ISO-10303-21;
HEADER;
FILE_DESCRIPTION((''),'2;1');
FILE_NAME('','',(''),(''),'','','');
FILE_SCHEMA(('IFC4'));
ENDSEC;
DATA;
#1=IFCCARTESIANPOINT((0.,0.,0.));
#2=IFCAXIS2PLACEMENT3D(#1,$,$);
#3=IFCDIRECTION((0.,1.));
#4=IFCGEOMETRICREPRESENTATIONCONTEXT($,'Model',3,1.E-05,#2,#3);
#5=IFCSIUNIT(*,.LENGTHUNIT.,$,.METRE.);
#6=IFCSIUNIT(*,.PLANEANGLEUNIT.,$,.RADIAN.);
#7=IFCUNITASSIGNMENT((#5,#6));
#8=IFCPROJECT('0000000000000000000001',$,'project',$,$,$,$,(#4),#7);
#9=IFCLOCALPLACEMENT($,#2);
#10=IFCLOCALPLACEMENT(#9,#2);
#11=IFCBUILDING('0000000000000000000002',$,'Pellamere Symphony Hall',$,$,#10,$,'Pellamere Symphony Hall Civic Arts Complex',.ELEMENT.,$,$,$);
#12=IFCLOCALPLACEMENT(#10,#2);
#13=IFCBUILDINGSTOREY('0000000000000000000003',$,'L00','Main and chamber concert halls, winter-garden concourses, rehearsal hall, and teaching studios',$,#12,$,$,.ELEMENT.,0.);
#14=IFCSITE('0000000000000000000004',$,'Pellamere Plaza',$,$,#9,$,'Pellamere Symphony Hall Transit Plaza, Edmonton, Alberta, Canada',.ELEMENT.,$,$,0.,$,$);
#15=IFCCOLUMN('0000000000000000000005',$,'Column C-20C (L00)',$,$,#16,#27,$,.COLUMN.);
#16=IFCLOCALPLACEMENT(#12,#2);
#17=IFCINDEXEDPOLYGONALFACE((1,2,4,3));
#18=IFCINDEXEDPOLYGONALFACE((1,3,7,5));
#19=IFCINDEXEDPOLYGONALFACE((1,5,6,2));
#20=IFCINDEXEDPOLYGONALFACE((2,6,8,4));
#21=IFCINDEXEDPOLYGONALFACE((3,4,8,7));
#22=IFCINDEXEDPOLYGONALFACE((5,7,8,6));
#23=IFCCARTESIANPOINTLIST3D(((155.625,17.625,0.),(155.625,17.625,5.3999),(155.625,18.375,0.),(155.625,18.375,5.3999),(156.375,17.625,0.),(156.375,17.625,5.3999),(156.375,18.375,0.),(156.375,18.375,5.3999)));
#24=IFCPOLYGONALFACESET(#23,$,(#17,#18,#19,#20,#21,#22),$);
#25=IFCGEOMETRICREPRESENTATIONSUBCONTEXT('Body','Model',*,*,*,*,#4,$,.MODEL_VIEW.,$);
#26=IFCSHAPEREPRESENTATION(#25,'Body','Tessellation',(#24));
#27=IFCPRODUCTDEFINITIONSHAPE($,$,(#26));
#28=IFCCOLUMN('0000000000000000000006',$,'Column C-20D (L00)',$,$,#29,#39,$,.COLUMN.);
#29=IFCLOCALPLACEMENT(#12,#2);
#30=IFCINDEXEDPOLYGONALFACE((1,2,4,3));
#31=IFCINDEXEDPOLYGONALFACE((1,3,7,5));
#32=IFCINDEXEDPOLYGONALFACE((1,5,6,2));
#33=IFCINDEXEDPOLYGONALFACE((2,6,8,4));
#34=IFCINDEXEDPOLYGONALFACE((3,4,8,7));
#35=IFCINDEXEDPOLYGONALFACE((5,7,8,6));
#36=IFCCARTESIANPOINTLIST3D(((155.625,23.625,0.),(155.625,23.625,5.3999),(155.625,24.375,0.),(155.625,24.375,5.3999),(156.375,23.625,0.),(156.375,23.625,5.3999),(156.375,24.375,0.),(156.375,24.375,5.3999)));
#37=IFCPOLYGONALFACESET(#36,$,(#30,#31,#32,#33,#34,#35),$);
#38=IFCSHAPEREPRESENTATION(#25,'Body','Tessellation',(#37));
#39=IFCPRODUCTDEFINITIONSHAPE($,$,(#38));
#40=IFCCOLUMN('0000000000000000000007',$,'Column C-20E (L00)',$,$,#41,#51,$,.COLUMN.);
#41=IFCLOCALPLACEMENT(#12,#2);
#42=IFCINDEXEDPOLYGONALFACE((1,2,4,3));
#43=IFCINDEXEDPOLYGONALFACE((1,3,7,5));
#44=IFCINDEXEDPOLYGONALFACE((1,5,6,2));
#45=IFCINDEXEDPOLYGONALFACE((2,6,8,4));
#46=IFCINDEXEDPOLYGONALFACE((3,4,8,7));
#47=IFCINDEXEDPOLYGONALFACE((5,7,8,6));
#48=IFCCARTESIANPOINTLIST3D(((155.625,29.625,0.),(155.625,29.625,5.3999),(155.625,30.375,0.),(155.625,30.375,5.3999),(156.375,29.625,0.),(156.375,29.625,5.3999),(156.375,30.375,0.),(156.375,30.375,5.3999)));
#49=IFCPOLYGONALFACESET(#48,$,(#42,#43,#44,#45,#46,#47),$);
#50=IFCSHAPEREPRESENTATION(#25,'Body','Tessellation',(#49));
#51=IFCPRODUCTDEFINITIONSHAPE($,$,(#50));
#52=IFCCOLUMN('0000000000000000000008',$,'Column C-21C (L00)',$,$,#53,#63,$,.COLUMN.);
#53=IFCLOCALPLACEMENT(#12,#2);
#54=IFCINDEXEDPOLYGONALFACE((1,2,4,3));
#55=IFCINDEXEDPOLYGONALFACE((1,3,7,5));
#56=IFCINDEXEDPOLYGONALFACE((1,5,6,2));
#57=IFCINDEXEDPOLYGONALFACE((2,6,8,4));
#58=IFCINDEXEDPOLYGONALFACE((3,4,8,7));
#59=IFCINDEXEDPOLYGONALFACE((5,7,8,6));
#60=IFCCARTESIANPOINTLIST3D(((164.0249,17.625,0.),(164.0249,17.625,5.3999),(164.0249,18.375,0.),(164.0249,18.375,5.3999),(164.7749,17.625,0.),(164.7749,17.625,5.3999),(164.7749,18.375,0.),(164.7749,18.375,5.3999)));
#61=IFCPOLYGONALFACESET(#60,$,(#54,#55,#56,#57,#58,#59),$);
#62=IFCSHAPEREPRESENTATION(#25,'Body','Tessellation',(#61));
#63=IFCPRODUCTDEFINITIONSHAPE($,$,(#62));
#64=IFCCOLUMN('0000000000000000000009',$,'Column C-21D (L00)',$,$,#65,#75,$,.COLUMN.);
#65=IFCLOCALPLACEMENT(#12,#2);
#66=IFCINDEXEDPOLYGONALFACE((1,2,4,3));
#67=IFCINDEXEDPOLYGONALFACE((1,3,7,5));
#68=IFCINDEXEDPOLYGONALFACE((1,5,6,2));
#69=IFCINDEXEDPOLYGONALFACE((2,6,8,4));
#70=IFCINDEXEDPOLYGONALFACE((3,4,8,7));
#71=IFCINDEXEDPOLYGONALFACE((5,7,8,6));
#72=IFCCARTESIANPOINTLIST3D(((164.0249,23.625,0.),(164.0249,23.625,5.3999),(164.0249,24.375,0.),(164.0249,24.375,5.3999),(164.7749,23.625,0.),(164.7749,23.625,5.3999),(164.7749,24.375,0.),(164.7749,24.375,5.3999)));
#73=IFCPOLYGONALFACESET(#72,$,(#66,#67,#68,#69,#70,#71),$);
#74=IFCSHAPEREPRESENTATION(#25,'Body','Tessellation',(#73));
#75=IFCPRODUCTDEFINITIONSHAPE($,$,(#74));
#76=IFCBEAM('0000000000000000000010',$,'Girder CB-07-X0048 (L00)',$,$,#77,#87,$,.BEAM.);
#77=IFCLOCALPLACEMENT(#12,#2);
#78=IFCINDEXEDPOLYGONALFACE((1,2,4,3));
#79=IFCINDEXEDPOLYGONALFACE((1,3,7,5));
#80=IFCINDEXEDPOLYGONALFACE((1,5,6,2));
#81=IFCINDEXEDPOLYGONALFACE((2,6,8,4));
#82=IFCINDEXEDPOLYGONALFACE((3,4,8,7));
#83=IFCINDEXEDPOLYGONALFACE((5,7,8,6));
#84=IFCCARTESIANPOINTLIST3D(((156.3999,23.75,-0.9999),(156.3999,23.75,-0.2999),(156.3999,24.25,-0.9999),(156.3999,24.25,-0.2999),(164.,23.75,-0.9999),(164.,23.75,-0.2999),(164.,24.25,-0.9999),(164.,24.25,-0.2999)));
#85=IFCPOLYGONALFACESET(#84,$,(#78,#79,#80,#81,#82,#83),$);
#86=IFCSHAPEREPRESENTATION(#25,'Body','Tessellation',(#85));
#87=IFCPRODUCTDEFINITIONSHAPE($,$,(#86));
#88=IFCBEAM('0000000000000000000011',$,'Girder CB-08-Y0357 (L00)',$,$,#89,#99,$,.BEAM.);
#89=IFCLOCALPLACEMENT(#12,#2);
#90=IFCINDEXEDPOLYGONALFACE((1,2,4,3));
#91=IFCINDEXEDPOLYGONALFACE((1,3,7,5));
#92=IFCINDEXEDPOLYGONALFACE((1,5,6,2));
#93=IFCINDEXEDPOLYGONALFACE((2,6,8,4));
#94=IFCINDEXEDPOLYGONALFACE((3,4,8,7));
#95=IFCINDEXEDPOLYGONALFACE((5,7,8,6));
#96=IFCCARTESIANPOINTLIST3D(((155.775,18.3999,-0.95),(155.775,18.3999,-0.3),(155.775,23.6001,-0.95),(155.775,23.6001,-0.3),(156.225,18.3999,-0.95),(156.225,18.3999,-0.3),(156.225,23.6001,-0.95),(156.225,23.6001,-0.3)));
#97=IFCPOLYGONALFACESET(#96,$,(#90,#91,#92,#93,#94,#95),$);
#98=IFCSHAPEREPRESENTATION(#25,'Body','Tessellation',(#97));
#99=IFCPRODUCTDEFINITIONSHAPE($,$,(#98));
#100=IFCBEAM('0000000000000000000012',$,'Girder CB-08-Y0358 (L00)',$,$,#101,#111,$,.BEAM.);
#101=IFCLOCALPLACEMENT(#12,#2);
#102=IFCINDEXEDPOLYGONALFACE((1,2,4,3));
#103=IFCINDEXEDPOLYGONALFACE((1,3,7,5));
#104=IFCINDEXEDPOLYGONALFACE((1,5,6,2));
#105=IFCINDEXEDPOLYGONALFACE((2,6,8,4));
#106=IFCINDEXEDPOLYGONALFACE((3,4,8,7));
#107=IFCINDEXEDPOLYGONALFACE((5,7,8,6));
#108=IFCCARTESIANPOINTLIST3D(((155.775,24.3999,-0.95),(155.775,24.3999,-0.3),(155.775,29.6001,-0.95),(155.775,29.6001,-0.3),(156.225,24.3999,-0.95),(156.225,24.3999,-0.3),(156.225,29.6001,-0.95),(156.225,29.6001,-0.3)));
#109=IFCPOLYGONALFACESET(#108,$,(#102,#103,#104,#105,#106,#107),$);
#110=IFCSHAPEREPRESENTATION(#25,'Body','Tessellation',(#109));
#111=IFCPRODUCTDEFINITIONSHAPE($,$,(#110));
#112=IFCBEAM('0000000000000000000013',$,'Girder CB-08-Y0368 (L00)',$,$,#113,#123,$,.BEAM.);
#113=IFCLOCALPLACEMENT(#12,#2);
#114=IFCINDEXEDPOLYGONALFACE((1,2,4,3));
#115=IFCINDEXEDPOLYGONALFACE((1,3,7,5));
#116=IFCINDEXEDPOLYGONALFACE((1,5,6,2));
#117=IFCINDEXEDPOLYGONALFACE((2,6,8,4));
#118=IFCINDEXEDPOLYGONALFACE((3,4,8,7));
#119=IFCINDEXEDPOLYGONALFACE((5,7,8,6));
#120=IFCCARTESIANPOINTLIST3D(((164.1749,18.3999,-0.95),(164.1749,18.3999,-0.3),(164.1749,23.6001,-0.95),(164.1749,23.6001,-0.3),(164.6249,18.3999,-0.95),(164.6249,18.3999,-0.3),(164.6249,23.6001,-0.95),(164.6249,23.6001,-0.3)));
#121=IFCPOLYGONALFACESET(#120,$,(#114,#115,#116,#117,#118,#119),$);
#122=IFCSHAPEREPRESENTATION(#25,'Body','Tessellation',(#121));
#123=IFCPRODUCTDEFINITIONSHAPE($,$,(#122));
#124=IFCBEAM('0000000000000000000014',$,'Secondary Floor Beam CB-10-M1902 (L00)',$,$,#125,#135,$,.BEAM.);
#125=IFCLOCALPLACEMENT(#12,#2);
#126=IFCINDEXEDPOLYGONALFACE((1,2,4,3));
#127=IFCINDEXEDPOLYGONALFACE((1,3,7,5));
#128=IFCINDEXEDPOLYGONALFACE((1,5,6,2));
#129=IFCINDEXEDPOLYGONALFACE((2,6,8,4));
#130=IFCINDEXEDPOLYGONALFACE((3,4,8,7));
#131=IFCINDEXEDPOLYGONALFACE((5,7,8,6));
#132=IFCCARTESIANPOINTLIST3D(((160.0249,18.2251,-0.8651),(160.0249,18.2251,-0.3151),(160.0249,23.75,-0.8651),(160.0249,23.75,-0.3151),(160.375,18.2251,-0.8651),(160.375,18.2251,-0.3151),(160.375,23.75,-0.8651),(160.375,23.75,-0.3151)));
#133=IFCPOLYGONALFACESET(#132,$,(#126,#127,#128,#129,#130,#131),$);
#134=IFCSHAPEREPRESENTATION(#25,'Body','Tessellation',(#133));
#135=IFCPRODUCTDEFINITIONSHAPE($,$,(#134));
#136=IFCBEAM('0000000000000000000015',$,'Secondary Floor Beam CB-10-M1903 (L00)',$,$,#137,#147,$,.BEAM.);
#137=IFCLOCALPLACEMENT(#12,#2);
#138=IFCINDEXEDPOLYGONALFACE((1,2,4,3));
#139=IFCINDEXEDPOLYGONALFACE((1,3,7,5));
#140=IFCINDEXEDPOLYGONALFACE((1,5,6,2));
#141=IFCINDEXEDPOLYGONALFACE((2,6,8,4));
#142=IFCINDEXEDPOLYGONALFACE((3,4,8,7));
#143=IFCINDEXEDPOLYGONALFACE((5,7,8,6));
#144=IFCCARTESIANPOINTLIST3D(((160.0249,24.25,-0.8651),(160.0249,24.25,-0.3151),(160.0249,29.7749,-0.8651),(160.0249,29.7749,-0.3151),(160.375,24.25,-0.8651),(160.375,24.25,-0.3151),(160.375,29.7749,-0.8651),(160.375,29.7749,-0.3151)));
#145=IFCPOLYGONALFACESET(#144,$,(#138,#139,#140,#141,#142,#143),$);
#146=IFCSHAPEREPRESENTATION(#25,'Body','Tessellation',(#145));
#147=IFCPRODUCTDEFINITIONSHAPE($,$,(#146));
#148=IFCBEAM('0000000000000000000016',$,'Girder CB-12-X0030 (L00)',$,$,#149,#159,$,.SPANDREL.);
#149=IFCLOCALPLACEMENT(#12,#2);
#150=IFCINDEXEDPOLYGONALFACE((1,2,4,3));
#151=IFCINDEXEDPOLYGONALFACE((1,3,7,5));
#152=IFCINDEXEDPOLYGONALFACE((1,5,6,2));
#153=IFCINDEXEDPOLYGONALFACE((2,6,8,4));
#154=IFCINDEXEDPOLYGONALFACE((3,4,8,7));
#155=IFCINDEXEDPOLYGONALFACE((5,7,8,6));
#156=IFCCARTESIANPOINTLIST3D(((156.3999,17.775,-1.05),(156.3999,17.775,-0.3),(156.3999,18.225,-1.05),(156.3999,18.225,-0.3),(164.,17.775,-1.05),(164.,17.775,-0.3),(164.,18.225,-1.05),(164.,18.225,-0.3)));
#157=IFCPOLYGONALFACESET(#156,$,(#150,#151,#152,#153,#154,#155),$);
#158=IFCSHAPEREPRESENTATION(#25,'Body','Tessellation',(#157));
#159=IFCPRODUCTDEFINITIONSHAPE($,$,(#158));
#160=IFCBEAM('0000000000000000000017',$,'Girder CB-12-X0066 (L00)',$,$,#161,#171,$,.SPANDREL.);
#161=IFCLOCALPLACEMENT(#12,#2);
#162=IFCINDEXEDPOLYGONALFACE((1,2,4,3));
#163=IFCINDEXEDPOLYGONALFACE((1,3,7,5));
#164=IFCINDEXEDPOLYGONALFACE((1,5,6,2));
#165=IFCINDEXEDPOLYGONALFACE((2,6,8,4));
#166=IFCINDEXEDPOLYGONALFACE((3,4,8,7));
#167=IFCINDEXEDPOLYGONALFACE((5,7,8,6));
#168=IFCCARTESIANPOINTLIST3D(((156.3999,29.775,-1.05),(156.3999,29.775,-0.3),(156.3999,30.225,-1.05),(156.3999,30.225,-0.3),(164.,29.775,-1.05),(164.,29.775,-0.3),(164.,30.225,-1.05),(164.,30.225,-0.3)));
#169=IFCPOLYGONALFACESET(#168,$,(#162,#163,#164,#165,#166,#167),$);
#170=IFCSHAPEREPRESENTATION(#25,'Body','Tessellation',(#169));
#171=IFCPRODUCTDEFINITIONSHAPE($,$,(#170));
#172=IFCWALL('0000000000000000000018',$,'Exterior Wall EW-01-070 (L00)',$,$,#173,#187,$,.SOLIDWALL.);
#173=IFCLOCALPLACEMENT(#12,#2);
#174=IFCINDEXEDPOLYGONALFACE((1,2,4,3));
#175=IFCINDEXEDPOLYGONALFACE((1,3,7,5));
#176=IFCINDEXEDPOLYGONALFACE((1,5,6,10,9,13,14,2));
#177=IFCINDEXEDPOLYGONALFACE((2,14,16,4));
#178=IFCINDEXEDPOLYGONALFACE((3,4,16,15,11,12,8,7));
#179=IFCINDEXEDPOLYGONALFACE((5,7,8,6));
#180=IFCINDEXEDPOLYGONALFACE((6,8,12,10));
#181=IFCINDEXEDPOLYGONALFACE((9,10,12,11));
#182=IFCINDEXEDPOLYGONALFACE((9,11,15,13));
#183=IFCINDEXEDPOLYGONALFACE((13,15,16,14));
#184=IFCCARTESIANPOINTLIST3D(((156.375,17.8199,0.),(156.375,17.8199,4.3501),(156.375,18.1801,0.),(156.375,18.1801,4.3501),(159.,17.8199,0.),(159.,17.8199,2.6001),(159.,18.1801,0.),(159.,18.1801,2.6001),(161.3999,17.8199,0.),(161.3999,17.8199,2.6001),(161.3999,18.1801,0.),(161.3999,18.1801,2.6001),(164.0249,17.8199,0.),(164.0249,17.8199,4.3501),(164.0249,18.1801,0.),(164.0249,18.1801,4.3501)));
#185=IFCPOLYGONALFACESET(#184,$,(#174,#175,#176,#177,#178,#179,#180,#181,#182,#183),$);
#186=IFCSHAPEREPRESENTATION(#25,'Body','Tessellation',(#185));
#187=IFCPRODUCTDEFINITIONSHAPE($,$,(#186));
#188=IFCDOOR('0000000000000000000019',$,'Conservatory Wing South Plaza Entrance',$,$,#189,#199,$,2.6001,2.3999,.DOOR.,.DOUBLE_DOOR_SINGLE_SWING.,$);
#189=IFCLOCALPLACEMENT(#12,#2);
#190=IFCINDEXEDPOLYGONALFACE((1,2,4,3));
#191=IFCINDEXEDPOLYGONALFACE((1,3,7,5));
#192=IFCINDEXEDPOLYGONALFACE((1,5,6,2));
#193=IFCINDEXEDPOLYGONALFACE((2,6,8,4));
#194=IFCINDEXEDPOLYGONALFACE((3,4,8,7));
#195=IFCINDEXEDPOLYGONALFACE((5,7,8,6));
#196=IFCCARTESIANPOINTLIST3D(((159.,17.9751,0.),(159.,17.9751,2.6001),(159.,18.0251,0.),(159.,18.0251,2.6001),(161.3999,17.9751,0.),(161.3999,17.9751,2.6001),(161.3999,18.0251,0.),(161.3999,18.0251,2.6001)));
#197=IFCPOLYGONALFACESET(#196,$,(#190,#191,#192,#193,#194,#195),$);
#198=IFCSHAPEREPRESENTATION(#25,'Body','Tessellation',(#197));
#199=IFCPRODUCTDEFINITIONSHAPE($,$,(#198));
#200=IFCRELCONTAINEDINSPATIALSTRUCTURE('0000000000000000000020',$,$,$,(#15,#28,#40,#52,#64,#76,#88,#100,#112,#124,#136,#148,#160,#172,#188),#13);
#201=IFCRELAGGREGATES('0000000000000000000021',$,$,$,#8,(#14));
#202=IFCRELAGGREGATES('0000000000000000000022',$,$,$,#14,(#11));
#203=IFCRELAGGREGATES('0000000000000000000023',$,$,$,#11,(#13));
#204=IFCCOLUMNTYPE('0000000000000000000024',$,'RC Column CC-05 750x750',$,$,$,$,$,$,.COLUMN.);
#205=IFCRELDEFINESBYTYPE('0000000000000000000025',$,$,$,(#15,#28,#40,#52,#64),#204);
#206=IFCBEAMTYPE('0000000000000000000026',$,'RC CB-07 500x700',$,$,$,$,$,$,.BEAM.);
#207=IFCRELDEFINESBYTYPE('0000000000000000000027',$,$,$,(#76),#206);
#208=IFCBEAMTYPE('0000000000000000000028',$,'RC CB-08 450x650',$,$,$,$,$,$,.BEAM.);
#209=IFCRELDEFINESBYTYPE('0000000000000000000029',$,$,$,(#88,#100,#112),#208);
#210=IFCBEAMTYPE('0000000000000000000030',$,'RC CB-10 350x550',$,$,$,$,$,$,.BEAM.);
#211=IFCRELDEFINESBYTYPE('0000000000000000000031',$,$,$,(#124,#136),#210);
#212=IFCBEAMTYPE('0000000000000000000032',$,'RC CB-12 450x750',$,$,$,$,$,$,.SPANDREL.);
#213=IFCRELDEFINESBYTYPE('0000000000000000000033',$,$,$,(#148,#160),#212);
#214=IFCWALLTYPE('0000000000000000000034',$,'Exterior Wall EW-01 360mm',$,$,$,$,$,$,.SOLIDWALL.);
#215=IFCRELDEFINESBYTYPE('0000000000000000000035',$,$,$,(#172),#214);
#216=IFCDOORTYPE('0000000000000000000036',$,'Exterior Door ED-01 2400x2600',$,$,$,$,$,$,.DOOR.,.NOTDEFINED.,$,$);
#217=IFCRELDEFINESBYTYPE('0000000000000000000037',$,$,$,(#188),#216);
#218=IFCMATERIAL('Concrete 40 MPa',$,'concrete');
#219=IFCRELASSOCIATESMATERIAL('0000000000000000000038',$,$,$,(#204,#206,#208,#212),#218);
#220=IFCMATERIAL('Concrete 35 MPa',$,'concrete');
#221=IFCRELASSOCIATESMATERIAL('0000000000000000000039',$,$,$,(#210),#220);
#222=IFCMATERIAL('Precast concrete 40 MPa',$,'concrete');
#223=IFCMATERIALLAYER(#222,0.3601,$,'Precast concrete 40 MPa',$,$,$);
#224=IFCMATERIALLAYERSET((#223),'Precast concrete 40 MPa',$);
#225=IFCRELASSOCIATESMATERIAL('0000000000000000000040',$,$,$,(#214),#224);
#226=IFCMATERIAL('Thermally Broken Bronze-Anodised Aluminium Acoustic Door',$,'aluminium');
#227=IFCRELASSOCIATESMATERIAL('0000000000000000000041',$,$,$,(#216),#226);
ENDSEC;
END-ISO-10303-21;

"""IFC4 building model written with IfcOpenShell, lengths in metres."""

from ifc_helpers import new_model, si_unit, direction, frame, frame_2d, origin, origin_2d, place, context, subcontext, project, spatial, rectangle, extrude, material, layer, layer_set, material_profile, profile_set, type_object, element, fill, save


model = new_model("IFC4")

# Units and contexts
model_context = context("Model", 3, precision=1e-05, world=origin(), true_north=direction((0.0, 1.0)))
body_context = subcontext(model_context, "Body", "Model", "MODEL_VIEW")
ifc_project = project(units=[si_unit("LENGTHUNIT", "METRE"), si_unit("PLANEANGLEUNIT", "RADIAN")], contexts=[model_context])

# Site, building, storey
site_placement = place(None, origin())
site = spatial("IfcSite", under=ifc_project, at=site_placement, Name="Pellamere Plaza", LongName="Pellamere Symphony Hall Transit Plaza, Edmonton, Alberta, Canada", CompositionType="ELEMENT", RefElevation=0.0)
building_placement = place(site_placement, origin())
building = spatial("IfcBuilding", under=site, at=building_placement, Name="Pellamere Symphony Hall", LongName="Pellamere Symphony Hall Civic Arts Complex", CompositionType="ELEMENT")
storey_placement = place(building_placement, origin())
storey = spatial("IfcBuildingStorey", under=building, at=storey_placement, Name="L00", Description="Main and chamber concert halls, winter-garden concourses, rehearsal hall, and teaching studios", CompositionType="ELEMENT", Elevation=0.0)

# Columns
ifc_material_1 = material(Name="Concrete 40 MPa", Category="concrete")
ifc_material_profile_1 = material_profile(ifc_material_1, rectangle(XDim=0.75, YDim=0.75, at=origin_2d()), Name="RC 750x750")
ifc_profile_set_1 = profile_set([ifc_material_profile_1], Name="Concrete 40 MPa")
column_type = type_object("IfcColumnType", Name="RC Column CC-05 750x750", PredefinedType="COLUMN", material=ifc_profile_set_1)
for number, where, z_axis, x_axis, name in (
    (1, (156.0, 18.0, 0.0), (0.0, 0.0, 1.0), (1.0, 0.0, 0.0), "Column C-20C (L00)"),
    (2, (156.0, 24.0, 0.0), (0.0, 0.0, 1.0), (1.0, 0.0, 0.0), "Column C-20D (L00)"),
    (3, (156.0, 30.0, 0.0), (0.0, 0.0, 1.0), (1.0, 0.0, 0.0), "Column C-20E (L00)"),
    (4, (164.3999, 18.0, 0.0), (0.0, 0.0, 1.0), (1.0, 0.0, 0.0), "Column C-21C (L00)"),
    (5, (164.3999, 24.0, 0.0), (0.0, 0.0, 1.0), (1.0, 0.0, 0.0), "Column C-21D (L00)"),
):
    element("IfcColumn", number, at=place(storey_placement, frame(where, z_axis=z_axis, x_axis=x_axis)), inside=storey, type_object=column_type, Name=name, PredefinedType="COLUMN", context=body_context, shape_type="SweptSolid", body=[
        extrude(rectangle(XDim=0.75, YDim=0.75, at=origin_2d()), origin(), (0.0, 0.0, 1.0), 5.3999),
    ])

# Beams
ifc_material_profile_2 = material_profile(ifc_material_1, rectangle(XDim=0.5, YDim=0.7, at=origin_2d()), Name="RC 500x700")
ifc_profile_set_2 = profile_set([ifc_material_profile_2], Name="Concrete 40 MPa")
beam_type_1 = type_object("IfcBeamType", Name="RC CB-07 500x700", PredefinedType="BEAM", material=ifc_profile_set_2)
beam_placement = place(storey_placement, frame((156.3999, 24.0, -0.6499), z_axis=(1.0, 0.0, 0.0), x_axis=(0.0, 1.0, 0.0)))
element("IfcBeam", 6, at=beam_placement, inside=storey, type_object=beam_type_1, Name="Girder CB-07-X0048 (L00)", PredefinedType="BEAM", context=body_context, shape_type="SweptSolid", body=[
    extrude(rectangle(XDim=0.5, YDim=0.7, at=origin_2d()), origin(), (0.0, 0.0, 1.0), 7.6001),
])
ifc_material_profile_3 = material_profile(ifc_material_1, rectangle(XDim=0.45, YDim=0.6499, at=origin_2d()), Name="RC 450x650")
ifc_profile_set_3 = profile_set([ifc_material_profile_3], Name="Concrete 40 MPa")
beam_type_2 = type_object("IfcBeamType", Name="RC CB-08 450x650", PredefinedType="BEAM", material=ifc_profile_set_3)
for number, where, z_axis, x_axis, name in (
    (7, (156.0, 18.3999, -0.625), (0.0, 1.0, 0.0), (-1.0, 0.0, 0.0), "Girder CB-08-Y0357 (L00)"),
    (8, (156.0, 24.3999, -0.625), (0.0, 1.0, 0.0), (-1.0, 0.0, 0.0), "Girder CB-08-Y0358 (L00)"),
    (9, (164.3999, 18.3999, -0.625), (0.0, 1.0, 0.0), (-1.0, 0.0, 0.0), "Girder CB-08-Y0368 (L00)"),
):
    element("IfcBeam", number, at=place(storey_placement, frame(where, z_axis=z_axis, x_axis=x_axis)), inside=storey, type_object=beam_type_2, Name=name, PredefinedType="BEAM", context=body_context, shape_type="SweptSolid", body=[
        extrude(rectangle(XDim=0.45, YDim=0.6499, at=origin_2d()), origin(), (0.0, 0.0, 1.0), 5.2002),
    ])
ifc_material_2 = material(Name="Concrete 35 MPa", Category="concrete")
ifc_material_profile_4 = material_profile(ifc_material_2, rectangle(XDim=0.3501, YDim=0.55, at=origin_2d()), Name="RC 350x550")
ifc_profile_set_4 = profile_set([ifc_material_profile_4], Name="Concrete 35 MPa")
beam_type_3 = type_object("IfcBeamType", Name="RC CB-10 350x550", PredefinedType="BEAM", material=ifc_profile_set_4)
for number, where, z_axis, x_axis, name in (
    (10, (160.2, 18.2251, -0.5901), (0.0, 1.0, 0.0), (-1.0, 0.0, 0.0), "Secondary Floor Beam CB-10-M1902 (L00)"),
    (11, (160.2, 24.25, -0.5901), (0.0, 1.0, 0.0), (-1.0, 0.0, 0.0), "Secondary Floor Beam CB-10-M1903 (L00)"),
):
    element("IfcBeam", number, at=place(storey_placement, frame(where, z_axis=z_axis, x_axis=x_axis)), inside=storey, type_object=beam_type_3, Name=name, PredefinedType="BEAM", context=body_context, shape_type="SweptSolid", body=[
        extrude(rectangle(XDim=0.3501, YDim=0.55, at=origin_2d()), origin(), (0.0, 0.0, 1.0), 5.5249),
    ])
ifc_material_profile_5 = material_profile(ifc_material_1, rectangle(XDim=0.45, YDim=0.75, at=origin_2d()), Name="RC 450x750")
ifc_profile_set_5 = profile_set([ifc_material_profile_5], Name="Concrete 40 MPa")
beam_type_4 = type_object("IfcBeamType", Name="RC CB-12 450x750", PredefinedType="SPANDREL", material=ifc_profile_set_5)
for number, where, z_axis, x_axis, name in (
    (12, (156.3999, 18.0, -0.675), (1.0, 0.0, 0.0), (0.0, 1.0, 0.0), "Girder CB-12-X0030 (L00)"),
    (13, (156.3999, 30.0, -0.675), (1.0, 0.0, 0.0), (0.0, 1.0, 0.0), "Girder CB-12-X0066 (L00)"),
):
    element("IfcBeam", number, at=place(storey_placement, frame(where, z_axis=z_axis, x_axis=x_axis)), inside=storey, type_object=beam_type_4, Name=name, PredefinedType="SPANDREL", context=body_context, shape_type="SweptSolid", body=[
        extrude(rectangle(XDim=0.45, YDim=0.75, at=origin_2d()), origin(), (0.0, 0.0, 1.0), 7.6001),
    ])

# Wall, opening, door
ifc_material_3 = material(Name="Precast concrete 40 MPa", Category="concrete")
ifc_layer_1 = layer(ifc_material_3, 0.3601, Name="Precast concrete 40 MPa")
ifc_layer_set_1 = layer_set([ifc_layer_1], Name="Precast concrete 40 MPa")
wall_type_1 = type_object("IfcWallType", Name="Exterior Wall EW-01 360mm", PredefinedType="SOLIDWALL", material=ifc_layer_set_1)
wall_1_placement = place(storey_placement, frame((156.375, 18.0, 0.0), z_axis=(0.0, 0.0, 1.0), x_axis=(1.0, 0.0, 0.0)))
wall_1 = element("IfcWall", 14, at=wall_1_placement, inside=storey, type_object=wall_type_1, Name="Exterior Wall EW-01-070 (L00)", PredefinedType="SOLIDWALL", context=body_context, shape_type="SweptSolid", body=[
    extrude(rectangle(XDim=7.6499, YDim=0.3601, at=frame_2d((3.825, 0.0))), origin(), (0.0, 0.0, 1.0), 4.3501),
])
opening_1_placement = place(wall_1_placement, frame((2.625, 0.0, 0.0)))
opening_1 = element("IfcOpeningElement", 15, at=opening_1_placement, cuts=wall_1, PredefinedType="OPENING", context=body_context, shape_type="SweptSolid", body=[
    extrude(rectangle(XDim=2.3999, YDim=2.6001, at=frame_2d((1.2, 1.3))), frame((0.0, 0.1899, 0.0), z_axis=(0.0, -1.0, 0.0), x_axis=(1.0, 0.0, 0.0)), (0.0, 0.0, 1.0), 0.3801),
])
ifc_material_4 = material(Name="Thermally Broken Bronze-Anodised Aluminium Acoustic Door", Category="aluminium")
door_type_1 = type_object("IfcDoorType", Name="Exterior Door ED-01 2400x2600", OperationType="NOTDEFINED", PredefinedType="DOOR", material=ifc_material_4)
door_1_placement = place(opening_1_placement, frame((2.3999, 0.0, 0.0), z_axis=(0.0, 0.0, 1.0), x_axis=(-1.0, 0.0, 0.0)))
door_1 = element("IfcDoor", 16, at=door_1_placement, inside=storey, type_object=door_type_1, Name="Conservatory Wing South Plaza Entrance", OperationType="DOUBLE_DOOR_SINGLE_SWING", OverallHeight=2.6001, OverallWidth=2.3999, PredefinedType="DOOR", context=body_context, shape_type="SweptSolid", body=[
    extrude(rectangle(XDim=2.3999, YDim=2.6001, at=frame_2d((1.2, 1.3))), frame((0.0, 0.0249, 0.0), z_axis=(0.0, -1.0, 0.0), x_axis=(1.0, 0.0, 0.0)), (0.0, 0.0, 1.0), 0.05),
])
fill(opening_1, door_1)

save(model, "model.ifc")
